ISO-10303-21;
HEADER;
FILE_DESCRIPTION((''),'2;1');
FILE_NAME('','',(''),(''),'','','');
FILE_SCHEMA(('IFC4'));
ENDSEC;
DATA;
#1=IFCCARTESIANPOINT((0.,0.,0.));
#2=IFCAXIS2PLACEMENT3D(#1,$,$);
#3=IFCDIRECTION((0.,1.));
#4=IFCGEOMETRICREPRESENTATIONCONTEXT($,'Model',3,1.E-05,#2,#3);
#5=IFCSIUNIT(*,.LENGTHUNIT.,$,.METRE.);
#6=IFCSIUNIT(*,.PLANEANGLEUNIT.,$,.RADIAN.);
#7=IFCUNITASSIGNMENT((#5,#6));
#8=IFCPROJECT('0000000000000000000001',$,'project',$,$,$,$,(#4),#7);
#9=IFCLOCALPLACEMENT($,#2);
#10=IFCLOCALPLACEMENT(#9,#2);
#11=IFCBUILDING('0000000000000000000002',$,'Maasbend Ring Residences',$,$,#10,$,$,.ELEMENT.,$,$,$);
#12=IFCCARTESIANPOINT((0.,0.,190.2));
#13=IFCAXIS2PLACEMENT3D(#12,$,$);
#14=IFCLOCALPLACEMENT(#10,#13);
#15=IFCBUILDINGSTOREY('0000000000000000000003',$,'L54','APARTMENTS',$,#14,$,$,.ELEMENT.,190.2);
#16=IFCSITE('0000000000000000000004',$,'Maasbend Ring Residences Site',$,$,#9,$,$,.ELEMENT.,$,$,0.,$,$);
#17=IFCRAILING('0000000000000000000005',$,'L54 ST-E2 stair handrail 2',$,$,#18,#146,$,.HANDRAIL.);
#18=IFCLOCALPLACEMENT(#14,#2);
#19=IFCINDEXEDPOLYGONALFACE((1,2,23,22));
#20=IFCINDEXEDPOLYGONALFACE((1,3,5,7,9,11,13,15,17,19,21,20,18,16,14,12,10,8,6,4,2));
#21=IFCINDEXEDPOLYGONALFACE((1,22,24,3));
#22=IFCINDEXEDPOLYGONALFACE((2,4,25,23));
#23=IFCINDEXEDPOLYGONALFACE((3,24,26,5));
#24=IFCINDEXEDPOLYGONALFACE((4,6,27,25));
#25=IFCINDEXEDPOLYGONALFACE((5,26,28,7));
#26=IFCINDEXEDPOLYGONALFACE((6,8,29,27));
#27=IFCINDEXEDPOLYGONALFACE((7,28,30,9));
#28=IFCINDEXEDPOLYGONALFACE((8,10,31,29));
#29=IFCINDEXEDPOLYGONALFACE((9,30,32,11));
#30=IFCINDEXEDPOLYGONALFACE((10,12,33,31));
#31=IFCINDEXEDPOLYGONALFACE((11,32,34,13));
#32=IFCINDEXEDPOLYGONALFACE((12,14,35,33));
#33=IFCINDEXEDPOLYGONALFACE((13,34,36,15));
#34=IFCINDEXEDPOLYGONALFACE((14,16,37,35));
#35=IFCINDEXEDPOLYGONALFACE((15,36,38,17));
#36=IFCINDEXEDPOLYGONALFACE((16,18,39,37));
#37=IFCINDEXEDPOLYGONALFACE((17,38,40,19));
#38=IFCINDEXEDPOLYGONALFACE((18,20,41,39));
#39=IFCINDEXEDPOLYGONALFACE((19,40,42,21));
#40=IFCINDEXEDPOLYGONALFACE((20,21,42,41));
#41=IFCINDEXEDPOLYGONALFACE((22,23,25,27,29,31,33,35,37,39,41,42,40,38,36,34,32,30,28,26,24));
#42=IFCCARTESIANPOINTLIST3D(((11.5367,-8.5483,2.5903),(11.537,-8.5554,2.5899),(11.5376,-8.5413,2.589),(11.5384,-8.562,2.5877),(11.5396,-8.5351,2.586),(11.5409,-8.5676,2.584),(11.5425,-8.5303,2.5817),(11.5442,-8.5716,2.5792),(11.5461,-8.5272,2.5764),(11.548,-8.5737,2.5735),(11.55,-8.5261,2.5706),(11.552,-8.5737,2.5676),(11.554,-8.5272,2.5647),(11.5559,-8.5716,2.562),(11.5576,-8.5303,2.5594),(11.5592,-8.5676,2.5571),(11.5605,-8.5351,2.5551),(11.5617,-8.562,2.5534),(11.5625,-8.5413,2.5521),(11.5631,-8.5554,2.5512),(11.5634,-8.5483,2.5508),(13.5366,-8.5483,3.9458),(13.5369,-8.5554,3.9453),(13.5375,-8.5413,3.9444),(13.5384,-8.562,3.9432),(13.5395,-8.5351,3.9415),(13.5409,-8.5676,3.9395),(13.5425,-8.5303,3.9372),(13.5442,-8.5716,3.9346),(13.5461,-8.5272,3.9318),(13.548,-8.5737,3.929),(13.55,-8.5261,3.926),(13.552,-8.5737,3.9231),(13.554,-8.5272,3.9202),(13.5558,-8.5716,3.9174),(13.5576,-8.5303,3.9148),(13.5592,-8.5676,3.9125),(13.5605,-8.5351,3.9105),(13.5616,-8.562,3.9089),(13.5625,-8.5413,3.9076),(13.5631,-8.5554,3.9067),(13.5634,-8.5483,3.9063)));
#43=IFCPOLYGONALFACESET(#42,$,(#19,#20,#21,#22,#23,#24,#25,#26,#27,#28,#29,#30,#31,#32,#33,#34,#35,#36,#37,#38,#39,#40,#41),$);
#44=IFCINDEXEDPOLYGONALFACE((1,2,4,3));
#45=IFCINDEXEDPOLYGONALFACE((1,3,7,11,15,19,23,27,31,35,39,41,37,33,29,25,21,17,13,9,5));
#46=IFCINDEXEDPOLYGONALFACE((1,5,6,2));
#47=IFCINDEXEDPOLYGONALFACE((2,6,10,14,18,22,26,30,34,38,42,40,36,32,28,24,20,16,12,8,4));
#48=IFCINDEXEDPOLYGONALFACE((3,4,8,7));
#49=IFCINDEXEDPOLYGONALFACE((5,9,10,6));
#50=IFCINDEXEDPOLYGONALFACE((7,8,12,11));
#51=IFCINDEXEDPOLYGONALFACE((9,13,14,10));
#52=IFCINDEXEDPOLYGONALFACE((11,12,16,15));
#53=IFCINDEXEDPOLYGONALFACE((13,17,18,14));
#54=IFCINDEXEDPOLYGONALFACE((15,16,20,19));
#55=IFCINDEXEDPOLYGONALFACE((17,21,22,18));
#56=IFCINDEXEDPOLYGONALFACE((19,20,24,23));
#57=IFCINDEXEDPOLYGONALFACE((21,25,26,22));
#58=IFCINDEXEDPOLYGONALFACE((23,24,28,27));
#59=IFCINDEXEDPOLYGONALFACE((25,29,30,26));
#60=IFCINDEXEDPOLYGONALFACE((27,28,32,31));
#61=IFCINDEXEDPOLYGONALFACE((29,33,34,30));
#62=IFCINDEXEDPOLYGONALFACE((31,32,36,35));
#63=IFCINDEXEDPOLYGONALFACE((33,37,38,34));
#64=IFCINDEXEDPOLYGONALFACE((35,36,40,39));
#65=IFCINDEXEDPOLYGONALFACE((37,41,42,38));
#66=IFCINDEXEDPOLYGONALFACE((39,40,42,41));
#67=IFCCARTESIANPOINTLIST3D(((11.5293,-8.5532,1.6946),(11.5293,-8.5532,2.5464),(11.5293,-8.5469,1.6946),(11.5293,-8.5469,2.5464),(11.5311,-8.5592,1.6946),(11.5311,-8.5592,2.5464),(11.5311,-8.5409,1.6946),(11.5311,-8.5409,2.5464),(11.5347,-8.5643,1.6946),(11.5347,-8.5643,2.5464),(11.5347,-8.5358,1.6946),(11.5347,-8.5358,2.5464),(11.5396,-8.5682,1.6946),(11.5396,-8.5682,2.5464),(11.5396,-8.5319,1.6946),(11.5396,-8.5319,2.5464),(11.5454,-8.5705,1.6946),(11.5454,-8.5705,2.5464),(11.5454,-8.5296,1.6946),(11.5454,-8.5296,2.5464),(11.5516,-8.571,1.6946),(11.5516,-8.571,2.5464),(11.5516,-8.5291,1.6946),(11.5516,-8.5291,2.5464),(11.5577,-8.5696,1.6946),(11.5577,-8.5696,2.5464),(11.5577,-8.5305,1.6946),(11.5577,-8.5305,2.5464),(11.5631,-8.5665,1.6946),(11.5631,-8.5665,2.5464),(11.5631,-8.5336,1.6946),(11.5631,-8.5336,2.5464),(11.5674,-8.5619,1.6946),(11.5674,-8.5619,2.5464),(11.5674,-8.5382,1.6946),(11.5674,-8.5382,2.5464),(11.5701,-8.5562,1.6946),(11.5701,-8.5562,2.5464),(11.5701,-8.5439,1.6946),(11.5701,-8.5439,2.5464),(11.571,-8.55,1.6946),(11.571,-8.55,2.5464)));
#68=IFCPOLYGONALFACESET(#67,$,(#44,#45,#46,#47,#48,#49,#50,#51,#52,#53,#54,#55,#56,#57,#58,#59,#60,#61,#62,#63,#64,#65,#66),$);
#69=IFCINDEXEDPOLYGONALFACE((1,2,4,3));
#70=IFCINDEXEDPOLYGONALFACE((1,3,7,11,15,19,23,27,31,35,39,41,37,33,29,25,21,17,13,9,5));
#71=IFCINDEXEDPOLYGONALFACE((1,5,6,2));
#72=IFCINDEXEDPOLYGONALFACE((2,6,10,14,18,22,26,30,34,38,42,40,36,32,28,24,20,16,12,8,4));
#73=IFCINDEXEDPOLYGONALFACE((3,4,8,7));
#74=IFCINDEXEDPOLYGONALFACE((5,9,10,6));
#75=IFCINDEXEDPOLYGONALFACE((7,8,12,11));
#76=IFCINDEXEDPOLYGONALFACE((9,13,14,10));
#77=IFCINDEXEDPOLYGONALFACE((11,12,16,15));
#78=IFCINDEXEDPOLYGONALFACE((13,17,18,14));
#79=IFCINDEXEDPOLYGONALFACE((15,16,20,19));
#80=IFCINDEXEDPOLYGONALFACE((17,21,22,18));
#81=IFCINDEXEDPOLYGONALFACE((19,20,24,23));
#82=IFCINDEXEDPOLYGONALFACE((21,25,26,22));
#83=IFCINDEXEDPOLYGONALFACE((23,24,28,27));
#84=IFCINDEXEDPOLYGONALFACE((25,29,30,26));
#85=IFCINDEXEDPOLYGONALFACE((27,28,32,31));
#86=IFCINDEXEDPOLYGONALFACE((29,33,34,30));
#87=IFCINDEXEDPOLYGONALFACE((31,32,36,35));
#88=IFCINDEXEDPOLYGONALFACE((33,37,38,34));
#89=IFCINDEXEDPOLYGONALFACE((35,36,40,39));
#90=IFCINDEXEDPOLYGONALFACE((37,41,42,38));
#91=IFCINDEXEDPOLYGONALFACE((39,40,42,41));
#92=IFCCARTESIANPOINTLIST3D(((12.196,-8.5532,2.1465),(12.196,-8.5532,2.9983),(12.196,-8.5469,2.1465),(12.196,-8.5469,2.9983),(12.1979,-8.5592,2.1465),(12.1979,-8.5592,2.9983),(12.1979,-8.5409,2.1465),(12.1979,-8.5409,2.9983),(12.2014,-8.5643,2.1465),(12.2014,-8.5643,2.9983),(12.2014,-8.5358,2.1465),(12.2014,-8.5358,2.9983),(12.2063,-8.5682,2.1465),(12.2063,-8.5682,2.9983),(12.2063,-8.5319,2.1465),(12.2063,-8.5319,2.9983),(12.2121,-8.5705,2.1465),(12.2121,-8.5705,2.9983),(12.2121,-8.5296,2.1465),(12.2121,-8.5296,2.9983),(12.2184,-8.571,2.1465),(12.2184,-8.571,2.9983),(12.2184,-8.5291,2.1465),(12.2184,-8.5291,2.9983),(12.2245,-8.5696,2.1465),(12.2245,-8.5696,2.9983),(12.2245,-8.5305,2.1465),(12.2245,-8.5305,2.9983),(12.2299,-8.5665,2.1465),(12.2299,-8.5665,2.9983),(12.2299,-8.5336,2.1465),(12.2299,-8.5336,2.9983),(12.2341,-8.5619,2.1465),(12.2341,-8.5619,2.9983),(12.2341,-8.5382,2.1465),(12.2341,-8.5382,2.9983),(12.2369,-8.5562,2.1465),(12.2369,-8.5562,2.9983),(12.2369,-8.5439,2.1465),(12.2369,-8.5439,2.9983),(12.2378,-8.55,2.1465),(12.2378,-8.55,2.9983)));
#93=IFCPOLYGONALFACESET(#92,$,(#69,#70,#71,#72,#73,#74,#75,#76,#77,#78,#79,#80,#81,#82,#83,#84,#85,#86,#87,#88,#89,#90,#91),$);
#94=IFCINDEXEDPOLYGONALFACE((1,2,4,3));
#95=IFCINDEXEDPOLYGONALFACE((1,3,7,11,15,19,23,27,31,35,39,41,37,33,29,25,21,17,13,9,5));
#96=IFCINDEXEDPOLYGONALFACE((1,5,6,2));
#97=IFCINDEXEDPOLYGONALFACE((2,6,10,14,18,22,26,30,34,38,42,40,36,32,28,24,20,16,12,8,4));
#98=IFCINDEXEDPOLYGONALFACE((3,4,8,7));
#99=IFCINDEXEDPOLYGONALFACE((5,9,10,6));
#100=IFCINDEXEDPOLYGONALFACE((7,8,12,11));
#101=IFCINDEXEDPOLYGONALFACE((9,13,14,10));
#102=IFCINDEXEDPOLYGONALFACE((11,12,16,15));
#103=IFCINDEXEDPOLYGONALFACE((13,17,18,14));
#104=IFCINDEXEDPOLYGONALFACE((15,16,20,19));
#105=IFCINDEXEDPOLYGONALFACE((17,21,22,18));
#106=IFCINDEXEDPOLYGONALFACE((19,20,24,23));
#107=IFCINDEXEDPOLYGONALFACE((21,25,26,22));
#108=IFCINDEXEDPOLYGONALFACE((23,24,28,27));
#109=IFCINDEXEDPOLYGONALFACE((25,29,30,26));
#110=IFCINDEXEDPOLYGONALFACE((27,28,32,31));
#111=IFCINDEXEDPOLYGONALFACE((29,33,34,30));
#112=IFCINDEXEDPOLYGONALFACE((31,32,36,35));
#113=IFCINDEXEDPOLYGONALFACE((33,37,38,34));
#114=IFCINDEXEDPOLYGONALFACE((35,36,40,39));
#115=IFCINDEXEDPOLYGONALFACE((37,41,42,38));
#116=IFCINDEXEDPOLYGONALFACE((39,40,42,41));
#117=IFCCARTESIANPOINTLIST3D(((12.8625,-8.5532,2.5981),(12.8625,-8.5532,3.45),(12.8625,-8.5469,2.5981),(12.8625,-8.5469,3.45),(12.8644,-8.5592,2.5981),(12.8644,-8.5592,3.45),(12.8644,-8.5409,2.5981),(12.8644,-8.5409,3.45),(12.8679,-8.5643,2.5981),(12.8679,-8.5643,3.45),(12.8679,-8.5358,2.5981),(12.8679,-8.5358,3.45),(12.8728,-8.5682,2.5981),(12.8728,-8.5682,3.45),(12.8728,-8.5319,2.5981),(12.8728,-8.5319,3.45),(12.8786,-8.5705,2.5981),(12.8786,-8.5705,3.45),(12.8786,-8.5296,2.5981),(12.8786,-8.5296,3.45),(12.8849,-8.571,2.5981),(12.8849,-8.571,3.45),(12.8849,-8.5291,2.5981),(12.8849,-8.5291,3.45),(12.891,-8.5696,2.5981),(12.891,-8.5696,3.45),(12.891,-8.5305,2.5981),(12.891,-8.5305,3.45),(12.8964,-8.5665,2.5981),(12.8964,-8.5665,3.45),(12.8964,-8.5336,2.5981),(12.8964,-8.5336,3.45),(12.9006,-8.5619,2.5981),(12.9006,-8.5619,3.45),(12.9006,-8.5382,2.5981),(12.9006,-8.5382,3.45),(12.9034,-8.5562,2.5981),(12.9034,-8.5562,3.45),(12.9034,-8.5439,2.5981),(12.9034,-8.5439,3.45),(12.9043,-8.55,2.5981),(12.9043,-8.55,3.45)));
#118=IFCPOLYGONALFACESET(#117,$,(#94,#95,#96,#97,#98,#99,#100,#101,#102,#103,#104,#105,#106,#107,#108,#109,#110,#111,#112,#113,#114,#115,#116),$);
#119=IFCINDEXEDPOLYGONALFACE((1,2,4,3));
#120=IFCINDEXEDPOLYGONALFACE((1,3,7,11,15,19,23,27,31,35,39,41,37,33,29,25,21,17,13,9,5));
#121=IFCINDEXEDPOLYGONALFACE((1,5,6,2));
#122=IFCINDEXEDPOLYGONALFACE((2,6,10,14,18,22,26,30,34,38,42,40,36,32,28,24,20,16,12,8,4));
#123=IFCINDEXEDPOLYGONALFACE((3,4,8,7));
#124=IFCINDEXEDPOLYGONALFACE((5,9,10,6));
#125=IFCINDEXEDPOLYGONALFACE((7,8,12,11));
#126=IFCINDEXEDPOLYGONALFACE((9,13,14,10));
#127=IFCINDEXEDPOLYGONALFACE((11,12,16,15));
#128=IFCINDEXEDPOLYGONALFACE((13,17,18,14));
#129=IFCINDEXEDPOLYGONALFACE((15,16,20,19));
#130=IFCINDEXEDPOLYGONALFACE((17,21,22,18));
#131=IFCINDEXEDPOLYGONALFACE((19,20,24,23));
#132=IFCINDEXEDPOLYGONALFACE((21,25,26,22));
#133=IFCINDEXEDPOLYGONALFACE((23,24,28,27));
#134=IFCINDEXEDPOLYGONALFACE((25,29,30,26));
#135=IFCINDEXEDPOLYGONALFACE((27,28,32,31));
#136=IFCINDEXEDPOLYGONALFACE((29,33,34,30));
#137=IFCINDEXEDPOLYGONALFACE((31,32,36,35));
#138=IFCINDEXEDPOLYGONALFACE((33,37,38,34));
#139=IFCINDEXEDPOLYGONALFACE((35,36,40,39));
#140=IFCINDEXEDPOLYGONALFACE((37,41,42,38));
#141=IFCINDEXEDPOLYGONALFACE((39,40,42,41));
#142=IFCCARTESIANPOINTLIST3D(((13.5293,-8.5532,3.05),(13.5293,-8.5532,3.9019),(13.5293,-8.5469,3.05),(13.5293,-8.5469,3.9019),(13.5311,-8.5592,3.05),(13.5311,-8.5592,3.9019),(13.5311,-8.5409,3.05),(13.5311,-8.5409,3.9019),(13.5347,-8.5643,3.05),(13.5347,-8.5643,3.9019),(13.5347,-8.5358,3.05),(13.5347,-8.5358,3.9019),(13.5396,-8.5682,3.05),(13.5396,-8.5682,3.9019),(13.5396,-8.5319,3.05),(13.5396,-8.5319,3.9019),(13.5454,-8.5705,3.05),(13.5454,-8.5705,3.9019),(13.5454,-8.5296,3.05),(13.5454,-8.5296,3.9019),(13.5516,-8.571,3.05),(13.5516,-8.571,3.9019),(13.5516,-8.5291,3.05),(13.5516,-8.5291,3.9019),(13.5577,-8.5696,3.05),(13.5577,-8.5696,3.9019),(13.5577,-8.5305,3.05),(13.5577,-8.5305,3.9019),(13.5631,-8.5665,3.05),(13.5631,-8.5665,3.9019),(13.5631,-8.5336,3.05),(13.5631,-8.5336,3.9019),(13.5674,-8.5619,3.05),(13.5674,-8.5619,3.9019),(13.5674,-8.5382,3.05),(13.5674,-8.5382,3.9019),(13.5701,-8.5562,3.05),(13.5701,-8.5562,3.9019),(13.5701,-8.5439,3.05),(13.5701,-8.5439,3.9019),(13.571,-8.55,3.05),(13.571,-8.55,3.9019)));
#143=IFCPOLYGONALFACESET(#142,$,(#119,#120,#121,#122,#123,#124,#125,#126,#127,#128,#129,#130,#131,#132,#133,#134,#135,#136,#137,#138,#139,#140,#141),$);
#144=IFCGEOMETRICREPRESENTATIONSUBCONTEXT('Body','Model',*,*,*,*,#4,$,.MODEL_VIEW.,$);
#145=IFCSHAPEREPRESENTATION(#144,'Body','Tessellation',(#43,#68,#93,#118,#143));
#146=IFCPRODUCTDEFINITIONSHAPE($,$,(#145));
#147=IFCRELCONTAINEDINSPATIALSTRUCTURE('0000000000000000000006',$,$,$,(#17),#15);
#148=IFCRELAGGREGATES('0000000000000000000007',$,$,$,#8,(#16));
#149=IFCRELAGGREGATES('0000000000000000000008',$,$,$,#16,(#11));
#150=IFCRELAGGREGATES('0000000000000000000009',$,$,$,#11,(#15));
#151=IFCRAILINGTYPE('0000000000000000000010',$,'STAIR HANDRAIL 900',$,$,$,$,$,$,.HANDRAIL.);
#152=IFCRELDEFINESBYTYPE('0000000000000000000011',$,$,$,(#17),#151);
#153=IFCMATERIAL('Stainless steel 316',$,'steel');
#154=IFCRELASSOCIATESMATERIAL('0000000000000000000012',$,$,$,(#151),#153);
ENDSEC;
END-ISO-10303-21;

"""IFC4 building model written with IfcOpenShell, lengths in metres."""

from ifc_helpers import new_model, si_unit, direction, frame, origin, origin_2d, place, context, subcontext, project, spatial, circle, extrude, material, type_object, element, save


model = new_model("IFC4")

# Units and contexts
model_context = context("Model", 3, precision=1e-05, world=origin(), true_north=direction((0.0, 1.0)))
body_context = subcontext(model_context, "Body", "Model", "MODEL_VIEW")
ifc_project = project(units=[si_unit("LENGTHUNIT", "METRE"), si_unit("PLANEANGLEUNIT", "RADIAN")], contexts=[model_context])

# Site, building, storey
site_placement = place(None, origin())
site = spatial("IfcSite", under=ifc_project, at=site_placement, Name="Maasbend Ring Residences Site", CompositionType="ELEMENT", RefElevation=0.0)
building_placement = place(site_placement, origin())
building = spatial("IfcBuilding", under=site, at=building_placement, Name="Maasbend Ring Residences", CompositionType="ELEMENT")
storey_placement = place(building_placement, frame((0.0, 0.0, 190.2)))
storey = spatial("IfcBuildingStorey", under=building, at=storey_placement, Name="L54", Description="APARTMENTS", CompositionType="ELEMENT", Elevation=190.2)

# Railing
ifc_material_1 = material(Name="Stainless steel 316", Category="steel")
railing_type_1 = type_object("IfcRailingType", Name="STAIR HANDRAIL 900", PredefinedType="HANDRAIL", material=ifc_material_1)
railing_1_placement = place(storey_placement, frame((11.55, -8.55, 1.6946)))
element("IfcRailing", 1, at=railing_1_placement, inside=storey, type_object=railing_type_1, Name="L54 ST-E2 stair handrail 2", PredefinedType="HANDRAIL", context=body_context, shape_type="SweptSolid", body=[
    extrude(circle(Radius=0.0239, at=origin_2d()), frame((0.0, 0.0, 0.876), z_axis=(0.827798, 0.0, 0.561027), x_axis=(0.0, 1.0, 0.0)), (0.0, 0.0, 1.0), 2.416),
    extrude(circle(Radius=0.021, at=origin_2d()), origin(), (0.0, 0.0, 1.0), 0.8518),
    extrude(circle(Radius=0.021, at=origin_2d()), frame((0.6667, 0.0, 0.4519)), (0.0, 0.0, 1.0), 0.8518),
    extrude(circle(Radius=0.021, at=origin_2d()), frame((1.3333, 0.0, 0.9036)), (0.0, 0.0, 1.0), 0.8518),
    extrude(circle(Radius=0.021, at=origin_2d()), frame((2.0, 0.0, 1.3555)), (0.0, 0.0, 1.0), 0.8518),
])

save(model, "model.ifc")
